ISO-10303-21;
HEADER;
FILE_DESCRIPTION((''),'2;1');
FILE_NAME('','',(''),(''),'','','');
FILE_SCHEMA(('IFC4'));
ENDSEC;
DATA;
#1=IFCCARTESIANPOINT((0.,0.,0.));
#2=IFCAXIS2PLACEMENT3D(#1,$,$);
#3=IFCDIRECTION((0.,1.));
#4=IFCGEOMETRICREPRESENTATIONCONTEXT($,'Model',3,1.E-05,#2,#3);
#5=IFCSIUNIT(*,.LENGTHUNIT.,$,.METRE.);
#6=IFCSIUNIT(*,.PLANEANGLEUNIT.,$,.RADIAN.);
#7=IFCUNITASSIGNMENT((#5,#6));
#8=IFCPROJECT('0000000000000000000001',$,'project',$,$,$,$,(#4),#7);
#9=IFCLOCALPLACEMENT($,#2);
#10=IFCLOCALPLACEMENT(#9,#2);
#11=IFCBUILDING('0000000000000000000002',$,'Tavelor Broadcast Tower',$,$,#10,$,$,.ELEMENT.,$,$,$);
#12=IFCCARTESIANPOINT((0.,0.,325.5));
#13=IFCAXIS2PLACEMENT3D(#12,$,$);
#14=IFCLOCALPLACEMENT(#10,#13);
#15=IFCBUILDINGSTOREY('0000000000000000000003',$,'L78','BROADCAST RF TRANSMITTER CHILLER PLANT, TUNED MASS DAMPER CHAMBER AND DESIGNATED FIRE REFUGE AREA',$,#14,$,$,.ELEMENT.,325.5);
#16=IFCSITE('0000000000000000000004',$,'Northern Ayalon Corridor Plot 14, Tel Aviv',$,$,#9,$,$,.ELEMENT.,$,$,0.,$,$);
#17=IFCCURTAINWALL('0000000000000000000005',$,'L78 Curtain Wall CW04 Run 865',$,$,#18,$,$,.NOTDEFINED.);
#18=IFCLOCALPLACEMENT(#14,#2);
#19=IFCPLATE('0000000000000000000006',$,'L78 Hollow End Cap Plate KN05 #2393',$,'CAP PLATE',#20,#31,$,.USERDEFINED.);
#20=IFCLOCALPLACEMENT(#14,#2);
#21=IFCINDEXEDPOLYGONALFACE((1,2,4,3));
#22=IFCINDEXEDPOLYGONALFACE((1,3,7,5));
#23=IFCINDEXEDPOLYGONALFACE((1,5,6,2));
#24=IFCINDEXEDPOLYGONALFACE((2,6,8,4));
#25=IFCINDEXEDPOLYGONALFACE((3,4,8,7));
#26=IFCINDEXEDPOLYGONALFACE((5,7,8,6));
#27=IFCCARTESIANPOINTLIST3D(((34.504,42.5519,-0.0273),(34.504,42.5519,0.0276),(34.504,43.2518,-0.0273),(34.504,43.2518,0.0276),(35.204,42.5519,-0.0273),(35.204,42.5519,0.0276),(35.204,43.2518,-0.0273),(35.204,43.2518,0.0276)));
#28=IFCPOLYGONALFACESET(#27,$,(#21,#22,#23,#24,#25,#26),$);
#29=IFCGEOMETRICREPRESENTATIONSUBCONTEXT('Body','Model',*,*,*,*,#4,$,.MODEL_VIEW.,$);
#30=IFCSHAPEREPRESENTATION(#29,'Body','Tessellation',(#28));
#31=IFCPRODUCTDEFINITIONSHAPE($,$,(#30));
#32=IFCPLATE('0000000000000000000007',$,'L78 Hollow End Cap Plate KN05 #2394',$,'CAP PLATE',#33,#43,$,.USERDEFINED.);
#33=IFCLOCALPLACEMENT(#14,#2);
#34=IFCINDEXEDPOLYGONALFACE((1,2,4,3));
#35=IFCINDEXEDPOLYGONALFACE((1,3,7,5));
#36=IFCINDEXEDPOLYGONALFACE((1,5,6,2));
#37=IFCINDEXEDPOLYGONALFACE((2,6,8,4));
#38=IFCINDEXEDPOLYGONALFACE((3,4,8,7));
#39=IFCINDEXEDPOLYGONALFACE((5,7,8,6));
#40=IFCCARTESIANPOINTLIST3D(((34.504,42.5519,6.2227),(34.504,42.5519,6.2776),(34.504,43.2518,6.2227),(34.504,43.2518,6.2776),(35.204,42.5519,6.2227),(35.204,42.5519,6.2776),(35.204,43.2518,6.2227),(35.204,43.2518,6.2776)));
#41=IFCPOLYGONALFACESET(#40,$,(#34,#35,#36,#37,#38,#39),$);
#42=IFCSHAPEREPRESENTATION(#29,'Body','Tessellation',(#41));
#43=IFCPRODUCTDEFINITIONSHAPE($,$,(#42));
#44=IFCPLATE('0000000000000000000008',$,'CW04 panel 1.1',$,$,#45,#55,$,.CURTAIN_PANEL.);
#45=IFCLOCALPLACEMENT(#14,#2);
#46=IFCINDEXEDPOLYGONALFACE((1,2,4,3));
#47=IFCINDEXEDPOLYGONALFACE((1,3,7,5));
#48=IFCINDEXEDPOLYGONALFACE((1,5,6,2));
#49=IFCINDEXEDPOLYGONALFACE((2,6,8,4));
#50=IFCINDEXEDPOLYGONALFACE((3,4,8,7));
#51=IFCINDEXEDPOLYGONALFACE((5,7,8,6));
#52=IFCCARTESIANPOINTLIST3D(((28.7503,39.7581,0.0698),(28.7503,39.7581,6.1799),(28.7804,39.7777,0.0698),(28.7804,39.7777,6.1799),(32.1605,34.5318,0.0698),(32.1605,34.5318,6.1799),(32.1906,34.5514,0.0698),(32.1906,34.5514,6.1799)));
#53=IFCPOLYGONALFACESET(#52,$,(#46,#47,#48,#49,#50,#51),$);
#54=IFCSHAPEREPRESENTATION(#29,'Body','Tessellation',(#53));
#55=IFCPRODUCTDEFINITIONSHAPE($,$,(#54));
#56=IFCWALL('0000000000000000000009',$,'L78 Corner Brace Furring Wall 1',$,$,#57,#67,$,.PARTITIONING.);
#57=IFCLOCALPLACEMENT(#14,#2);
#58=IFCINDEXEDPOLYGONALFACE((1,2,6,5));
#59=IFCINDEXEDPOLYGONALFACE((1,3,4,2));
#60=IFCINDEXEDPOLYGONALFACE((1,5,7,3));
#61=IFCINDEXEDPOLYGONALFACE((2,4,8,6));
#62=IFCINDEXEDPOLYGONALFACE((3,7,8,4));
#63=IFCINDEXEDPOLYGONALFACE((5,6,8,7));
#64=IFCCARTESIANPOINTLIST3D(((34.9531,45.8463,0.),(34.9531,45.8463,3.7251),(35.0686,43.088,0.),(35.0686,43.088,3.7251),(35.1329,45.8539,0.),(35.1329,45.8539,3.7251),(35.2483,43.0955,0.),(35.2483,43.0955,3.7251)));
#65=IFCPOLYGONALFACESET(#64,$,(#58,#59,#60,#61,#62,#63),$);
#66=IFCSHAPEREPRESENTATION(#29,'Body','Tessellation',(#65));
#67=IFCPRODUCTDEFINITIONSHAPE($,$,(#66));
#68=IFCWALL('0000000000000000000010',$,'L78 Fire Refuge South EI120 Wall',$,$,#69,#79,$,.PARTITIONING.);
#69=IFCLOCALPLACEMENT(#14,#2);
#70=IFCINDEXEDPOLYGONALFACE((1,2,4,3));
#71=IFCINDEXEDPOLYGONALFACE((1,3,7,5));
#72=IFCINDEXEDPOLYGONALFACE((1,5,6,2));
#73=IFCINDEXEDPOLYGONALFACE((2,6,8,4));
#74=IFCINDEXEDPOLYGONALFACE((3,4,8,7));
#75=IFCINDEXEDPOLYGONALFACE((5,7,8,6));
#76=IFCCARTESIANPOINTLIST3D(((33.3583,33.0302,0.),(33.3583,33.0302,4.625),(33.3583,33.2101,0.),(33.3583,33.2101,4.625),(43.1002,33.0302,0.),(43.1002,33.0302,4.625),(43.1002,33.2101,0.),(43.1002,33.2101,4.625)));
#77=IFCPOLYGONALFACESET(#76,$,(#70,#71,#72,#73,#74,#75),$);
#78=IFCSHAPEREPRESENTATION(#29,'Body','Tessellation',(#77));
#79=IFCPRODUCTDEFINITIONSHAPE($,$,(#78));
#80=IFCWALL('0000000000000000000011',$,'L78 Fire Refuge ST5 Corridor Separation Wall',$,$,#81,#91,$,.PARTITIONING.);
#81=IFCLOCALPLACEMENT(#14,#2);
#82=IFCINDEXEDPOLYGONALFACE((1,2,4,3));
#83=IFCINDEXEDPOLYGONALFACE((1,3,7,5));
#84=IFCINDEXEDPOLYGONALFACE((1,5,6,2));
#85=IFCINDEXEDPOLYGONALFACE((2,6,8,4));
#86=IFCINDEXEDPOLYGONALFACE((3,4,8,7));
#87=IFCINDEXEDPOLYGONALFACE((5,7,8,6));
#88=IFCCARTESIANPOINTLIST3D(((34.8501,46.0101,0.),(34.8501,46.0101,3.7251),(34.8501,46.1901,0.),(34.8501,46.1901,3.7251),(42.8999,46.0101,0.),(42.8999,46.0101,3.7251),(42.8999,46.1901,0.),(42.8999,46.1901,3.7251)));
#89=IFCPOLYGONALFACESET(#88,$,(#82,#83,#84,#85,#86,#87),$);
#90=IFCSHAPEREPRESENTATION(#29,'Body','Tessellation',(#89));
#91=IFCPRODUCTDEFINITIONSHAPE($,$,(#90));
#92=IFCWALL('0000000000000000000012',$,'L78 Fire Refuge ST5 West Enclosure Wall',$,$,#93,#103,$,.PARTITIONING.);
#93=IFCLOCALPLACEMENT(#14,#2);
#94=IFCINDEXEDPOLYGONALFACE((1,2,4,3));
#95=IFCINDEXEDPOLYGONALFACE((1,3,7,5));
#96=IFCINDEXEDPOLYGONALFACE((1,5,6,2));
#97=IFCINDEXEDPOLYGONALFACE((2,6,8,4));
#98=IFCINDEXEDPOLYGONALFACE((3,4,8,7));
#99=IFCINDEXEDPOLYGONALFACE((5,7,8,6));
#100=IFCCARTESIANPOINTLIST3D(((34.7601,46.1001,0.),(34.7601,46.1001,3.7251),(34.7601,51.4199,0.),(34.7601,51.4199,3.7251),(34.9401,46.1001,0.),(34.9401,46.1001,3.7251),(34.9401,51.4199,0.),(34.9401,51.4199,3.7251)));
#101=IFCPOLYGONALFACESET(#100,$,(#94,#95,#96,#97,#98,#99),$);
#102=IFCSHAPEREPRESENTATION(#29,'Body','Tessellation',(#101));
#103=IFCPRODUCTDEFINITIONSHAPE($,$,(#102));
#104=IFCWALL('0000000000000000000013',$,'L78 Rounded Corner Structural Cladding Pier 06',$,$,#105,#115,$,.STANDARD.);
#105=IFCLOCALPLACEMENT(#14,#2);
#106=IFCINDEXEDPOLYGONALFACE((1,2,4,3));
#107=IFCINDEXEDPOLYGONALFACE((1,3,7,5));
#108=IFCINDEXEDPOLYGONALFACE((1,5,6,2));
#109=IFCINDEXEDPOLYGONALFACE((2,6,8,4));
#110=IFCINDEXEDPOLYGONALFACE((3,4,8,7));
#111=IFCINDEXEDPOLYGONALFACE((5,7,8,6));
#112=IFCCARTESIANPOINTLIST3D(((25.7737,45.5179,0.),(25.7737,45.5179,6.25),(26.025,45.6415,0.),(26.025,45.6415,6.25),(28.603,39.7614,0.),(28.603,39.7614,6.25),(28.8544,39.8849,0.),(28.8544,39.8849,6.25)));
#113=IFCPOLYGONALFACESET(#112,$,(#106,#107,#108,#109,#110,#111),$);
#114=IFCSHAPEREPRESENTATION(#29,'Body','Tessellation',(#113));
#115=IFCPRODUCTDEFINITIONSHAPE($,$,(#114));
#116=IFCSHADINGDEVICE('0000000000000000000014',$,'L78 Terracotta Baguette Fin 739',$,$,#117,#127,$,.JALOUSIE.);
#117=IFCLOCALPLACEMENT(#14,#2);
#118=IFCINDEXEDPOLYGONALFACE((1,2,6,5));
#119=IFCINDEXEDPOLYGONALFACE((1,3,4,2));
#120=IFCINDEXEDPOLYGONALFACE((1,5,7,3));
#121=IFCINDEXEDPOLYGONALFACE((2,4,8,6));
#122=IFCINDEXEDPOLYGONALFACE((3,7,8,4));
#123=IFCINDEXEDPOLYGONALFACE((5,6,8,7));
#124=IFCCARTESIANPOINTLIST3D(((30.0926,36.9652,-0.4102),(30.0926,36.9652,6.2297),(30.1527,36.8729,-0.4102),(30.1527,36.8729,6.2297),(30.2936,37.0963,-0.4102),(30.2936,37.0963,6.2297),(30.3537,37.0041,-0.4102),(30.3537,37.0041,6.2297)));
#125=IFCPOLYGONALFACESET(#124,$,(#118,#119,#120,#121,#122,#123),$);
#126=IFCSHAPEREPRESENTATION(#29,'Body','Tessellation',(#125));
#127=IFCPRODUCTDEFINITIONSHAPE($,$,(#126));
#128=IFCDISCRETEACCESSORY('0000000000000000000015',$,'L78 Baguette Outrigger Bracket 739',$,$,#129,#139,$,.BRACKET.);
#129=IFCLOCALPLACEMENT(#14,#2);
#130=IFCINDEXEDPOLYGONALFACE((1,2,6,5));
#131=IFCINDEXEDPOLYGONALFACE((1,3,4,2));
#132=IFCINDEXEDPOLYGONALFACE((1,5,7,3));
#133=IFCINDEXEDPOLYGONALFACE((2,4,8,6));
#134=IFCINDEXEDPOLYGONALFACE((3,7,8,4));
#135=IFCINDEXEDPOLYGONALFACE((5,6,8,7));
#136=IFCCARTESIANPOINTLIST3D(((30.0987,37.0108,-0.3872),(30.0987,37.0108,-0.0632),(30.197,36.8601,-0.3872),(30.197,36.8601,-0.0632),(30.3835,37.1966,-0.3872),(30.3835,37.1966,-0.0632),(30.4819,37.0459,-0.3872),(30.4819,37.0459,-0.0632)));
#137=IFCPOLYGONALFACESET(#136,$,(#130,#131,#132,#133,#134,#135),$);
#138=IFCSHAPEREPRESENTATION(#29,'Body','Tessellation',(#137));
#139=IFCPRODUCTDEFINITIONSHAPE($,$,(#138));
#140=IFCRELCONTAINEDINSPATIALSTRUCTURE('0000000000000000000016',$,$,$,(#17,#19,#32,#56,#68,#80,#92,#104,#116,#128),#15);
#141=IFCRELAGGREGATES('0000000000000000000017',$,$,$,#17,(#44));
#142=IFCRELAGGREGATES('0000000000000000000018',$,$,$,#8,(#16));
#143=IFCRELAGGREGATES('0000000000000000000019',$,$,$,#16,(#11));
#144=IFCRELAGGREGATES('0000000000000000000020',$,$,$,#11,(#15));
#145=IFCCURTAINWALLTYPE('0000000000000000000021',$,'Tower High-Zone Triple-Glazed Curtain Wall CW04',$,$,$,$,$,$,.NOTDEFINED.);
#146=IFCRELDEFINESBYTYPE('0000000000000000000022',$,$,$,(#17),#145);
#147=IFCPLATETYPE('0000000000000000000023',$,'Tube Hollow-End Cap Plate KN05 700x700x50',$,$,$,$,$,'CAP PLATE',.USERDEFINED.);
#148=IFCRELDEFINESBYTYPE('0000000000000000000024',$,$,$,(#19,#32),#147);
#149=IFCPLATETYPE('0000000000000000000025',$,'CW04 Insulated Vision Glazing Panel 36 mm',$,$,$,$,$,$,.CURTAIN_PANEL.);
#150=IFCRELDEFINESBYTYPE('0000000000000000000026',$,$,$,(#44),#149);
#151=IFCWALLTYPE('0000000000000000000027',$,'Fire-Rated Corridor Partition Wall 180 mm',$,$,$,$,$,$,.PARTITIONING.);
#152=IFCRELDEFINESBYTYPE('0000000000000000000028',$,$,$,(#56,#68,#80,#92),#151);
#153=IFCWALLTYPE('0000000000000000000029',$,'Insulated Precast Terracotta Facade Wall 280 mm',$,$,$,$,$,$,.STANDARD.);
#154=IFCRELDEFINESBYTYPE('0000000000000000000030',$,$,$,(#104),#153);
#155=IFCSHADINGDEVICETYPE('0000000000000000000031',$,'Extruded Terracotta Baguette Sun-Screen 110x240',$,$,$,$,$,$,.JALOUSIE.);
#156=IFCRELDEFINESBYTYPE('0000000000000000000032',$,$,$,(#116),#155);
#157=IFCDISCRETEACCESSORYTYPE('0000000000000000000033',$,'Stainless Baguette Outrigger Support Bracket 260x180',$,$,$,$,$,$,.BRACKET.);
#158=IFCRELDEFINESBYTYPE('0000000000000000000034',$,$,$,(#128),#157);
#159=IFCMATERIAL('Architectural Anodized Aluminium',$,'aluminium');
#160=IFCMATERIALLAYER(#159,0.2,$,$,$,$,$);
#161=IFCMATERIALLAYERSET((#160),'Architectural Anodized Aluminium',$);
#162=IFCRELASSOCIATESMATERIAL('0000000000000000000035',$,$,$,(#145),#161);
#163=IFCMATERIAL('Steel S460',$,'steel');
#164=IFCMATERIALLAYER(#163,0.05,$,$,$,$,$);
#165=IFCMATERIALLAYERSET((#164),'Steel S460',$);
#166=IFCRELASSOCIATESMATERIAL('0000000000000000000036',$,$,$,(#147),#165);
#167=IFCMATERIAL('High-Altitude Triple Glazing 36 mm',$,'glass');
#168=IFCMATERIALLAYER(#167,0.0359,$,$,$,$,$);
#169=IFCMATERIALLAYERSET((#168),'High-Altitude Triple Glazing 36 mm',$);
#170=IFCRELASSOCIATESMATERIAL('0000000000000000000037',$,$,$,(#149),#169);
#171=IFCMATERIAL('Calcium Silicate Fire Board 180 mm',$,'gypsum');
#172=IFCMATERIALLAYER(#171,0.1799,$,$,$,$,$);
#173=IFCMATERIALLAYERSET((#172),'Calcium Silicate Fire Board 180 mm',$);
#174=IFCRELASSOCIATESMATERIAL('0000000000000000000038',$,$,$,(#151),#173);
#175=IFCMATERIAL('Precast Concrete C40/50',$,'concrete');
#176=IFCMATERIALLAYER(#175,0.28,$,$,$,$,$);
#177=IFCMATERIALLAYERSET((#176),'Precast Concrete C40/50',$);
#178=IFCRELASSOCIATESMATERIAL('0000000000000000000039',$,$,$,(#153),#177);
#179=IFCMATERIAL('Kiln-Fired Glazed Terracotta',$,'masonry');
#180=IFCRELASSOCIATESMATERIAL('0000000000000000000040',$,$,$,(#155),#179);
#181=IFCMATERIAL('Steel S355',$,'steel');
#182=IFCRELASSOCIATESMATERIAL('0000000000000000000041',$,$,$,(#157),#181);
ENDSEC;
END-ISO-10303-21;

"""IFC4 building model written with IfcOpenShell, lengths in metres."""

from ifc_helpers import new_model, si_unit, direction, frame, frame_2d, origin, origin_2d, place, context, subcontext, project, spatial, rectangle, extrude, source, transform, mapped, material, layer, layer_set, type_object, type_shapes, element, aggregate, save


model = new_model("IFC4")

# Units and contexts
model_context = context("Model", 3, precision=1e-05, world=origin(), true_north=direction((0.0, 1.0)))
body_context = subcontext(model_context, "Body", "Model", "MODEL_VIEW")
ifc_project = project(units=[si_unit("LENGTHUNIT", "METRE"), si_unit("PLANEANGLEUNIT", "RADIAN")], contexts=[model_context])

# Site, building, storey
site_placement = place(None, origin())
site = spatial("IfcSite", under=ifc_project, at=site_placement, Name="Northern Ayalon Corridor Plot 14, Tel Aviv", CompositionType="ELEMENT", RefElevation=0.0)
building_placement = place(site_placement, origin())
building = spatial("IfcBuilding", under=site, at=building_placement, Name="Tavelor Broadcast Tower", CompositionType="ELEMENT")
storey_placement = place(building_placement, frame((0.0, 0.0, 325.5)))
storey = spatial("IfcBuildingStorey", under=building, at=storey_placement, Name="L78", Description="BROADCAST RF TRANSMITTER CHILLER PLANT, TUNED MASS DAMPER CHAMBER AND DESIGNATED FIRE REFUGE AREA", CompositionType="ELEMENT", Elevation=325.5)

# Shared definitions
ifc_material_1 = material(Name="Steel S460", Category="steel")

# Curtain wall
ifc_material_2 = material(Name="Architectural Anodized Aluminium", Category="aluminium")
ifc_layer_1 = layer(ifc_material_2, 0.2)
ifc_layer_set_1 = layer_set([ifc_layer_1], Name="Architectural Anodized Aluminium")
curtain_wall_type = type_object("IfcCurtainWallType", Name="Tower High-Zone Triple-Glazed Curtain Wall CW04", PredefinedType="NOTDEFINED", material=ifc_layer_set_1)
curtain_wall_1_placement = place(storey_placement, origin())
curtain_wall_1 = element("IfcCurtainWall", 1, at=curtain_wall_1_placement, inside=storey, type_object=curtain_wall_type, Name="L78 Curtain Wall CW04 Run 865", PredefinedType="NOTDEFINED")

# Plates
ifc_layer_2 = layer(ifc_material_1, 0.05)
ifc_layer_set_2 = layer_set([ifc_layer_2], Name="Steel S460")
plate_type_1 = type_object("IfcPlateType", Name="Tube Hollow-End Cap Plate KN05 700x700x50", ElementType="CAP PLATE", PredefinedType="USERDEFINED", material=ifc_layer_set_2)
shared_shape_1 = source(origin(), body_context, "Body", "SweptSolid", [
    extrude(rectangle(XDim=0.7, YDim=0.7, at=origin_2d()), origin(), (0.0, 0.0, 1.0), 0.0549),
])
type_shapes(plate_type_1, [shared_shape_1])
for number, where, z_axis, x_axis, name in (
    (2, (34.854, 42.9019, -0.0273), (0.0, 0.0, 1.0), (1.0, 0.0, 0.0), "L78 Hollow End Cap Plate KN05 #2393"),
    (3, (34.854, 42.9019, 6.2227), (0.0, 0.0, 1.0), (1.0, 0.0, 0.0), "L78 Hollow End Cap Plate KN05 #2394"),
):
    element("IfcPlate", number, at=place(storey_placement, frame(where, z_axis=z_axis, x_axis=x_axis)), inside=storey, type_object=plate_type_1, Name=name, ObjectType="CAP PLATE", PredefinedType="USERDEFINED", context=body_context, shape_type="MappedRepresentation", body=[
        mapped(shared_shape_1, transform((0.0, 0.0, 0.0), scale=1.0)),
    ])

# Plate
ifc_material_3 = material(Name="High-Altitude Triple Glazing 36 mm", Category="glass")
ifc_layer_3 = layer(ifc_material_3, 0.0359)
ifc_layer_set_3 = layer_set([ifc_layer_3], Name="High-Altitude Triple Glazing 36 mm")
plate_type_2 = type_object("IfcPlateType", Name="CW04 Insulated Vision Glazing Panel 36 mm", PredefinedType="CURTAIN_PANEL", material=ifc_layer_set_3)
shared_shape_2 = source(origin(), body_context, "Body", "SweptSolid", [
    extrude(rectangle(XDim=6.2405, YDim=0.0359, at=origin_2d()), origin(), (0.0, 0.0, 1.0), 6.1101),
])
type_shapes(plate_type_2, [shared_shape_2])
plate_placement = place(storey_placement, frame((30.4705, 37.1548, 0.0698), z_axis=(0.0, 0.0, 1.0), x_axis=(0.546459, -0.837486, 0.0)))
plate = element("IfcPlate", 4, at=plate_placement, type_object=plate_type_2, Name="CW04 panel 1.1", PredefinedType="CURTAIN_PANEL", context=body_context, shape_type="MappedRepresentation", body=[
    mapped(shared_shape_2, transform((0.0, 0.0, 0.0), scale=1.0)),
])
aggregate(curtain_wall_1, [plate])

# Walls
ifc_material_4 = material(Name="Calcium Silicate Fire Board 180 mm", Category="gypsum")
ifc_layer_4 = layer(ifc_material_4, 0.1799)
ifc_layer_set_4 = layer_set([ifc_layer_4], Name="Calcium Silicate Fire Board 180 mm")
wall_type_1 = type_object("IfcWallType", Name="Fire-Rated Corridor Partition Wall 180 mm", PredefinedType="PARTITIONING", material=ifc_layer_set_4)
wall_1_placement = place(storey_placement, frame((35.043, 45.8501, 0.0), z_axis=(0.0, 0.0, 1.0), x_axis=(0.041829, -0.999125, 0.0)))
element("IfcWall", 5, at=wall_1_placement, inside=storey, type_object=wall_type_1, Name="L78 Corner Brace Furring Wall 1", PredefinedType="PARTITIONING", context=body_context, shape_type="SweptSolid", body=[
    extrude(rectangle(XDim=2.7607, YDim=0.1799, at=frame_2d((1.3804, 0.0))), origin(), (0.0, 0.0, 1.0), 3.7251),
])
wall_2_placement = place(storey_placement, frame((33.3582, 33.1201, 0.0), z_axis=(0.0, 0.0, 1.0), x_axis=(1.0, 0.0, 0.0)))
element("IfcWall", 6, at=wall_2_placement, inside=storey, type_object=wall_type_1, Name="L78 Fire Refuge South EI120 Wall", PredefinedType="PARTITIONING", context=body_context, shape_type="SweptSolid", body=[
    extrude(rectangle(XDim=9.7419, YDim=0.1799, at=frame_2d((4.8711, 0.0))), origin(), (0.0, 0.0, 1.0), 4.625),
])
wall_3_placement = place(storey_placement, frame((34.8501, 46.1001, 0.0), z_axis=(0.0, 0.0, 1.0), x_axis=(1.0, 0.0, 0.0)))
element("IfcWall", 7, at=wall_3_placement, inside=storey, type_object=wall_type_1, Name="L78 Fire Refuge ST5 Corridor Separation Wall", PredefinedType="PARTITIONING", context=body_context, shape_type="SweptSolid", body=[
    extrude(rectangle(XDim=8.0498, YDim=0.1799, at=frame_2d((4.0249, 0.0))), origin(), (0.0, 0.0, 1.0), 3.7251),
])
wall_4_placement = place(storey_placement, frame((34.8501, 46.1001, 0.0), z_axis=(0.0, 0.0, 1.0), x_axis=(0.0, 1.0, 0.0)))
element("IfcWall", 8, at=wall_4_placement, inside=storey, type_object=wall_type_1, Name="L78 Fire Refuge ST5 West Enclosure Wall", PredefinedType="PARTITIONING", context=body_context, shape_type="SweptSolid", body=[
    extrude(rectangle(XDim=5.3198, YDim=0.1799, at=frame_2d((2.6599, 0.0))), origin(), (0.0, 0.0, 1.0), 3.7251),
])
ifc_material_5 = material(Name="Precast Concrete C40/50", Category="concrete")
ifc_layer_5 = layer(ifc_material_5, 0.28)
ifc_layer_set_5 = layer_set([ifc_layer_5], Name="Precast Concrete C40/50")
wall_type_2 = type_object("IfcWallType", Name="Insulated Precast Terracotta Facade Wall 280 mm", PredefinedType="STANDARD", material=ifc_layer_set_5)
wall_5_placement = place(storey_placement, frame((25.8994, 45.5796, 0.0), z_axis=(0.0, 0.0, 1.0), x_axis=(0.441098, -0.897459, 0.0)))
element("IfcWall", 9, at=wall_5_placement, inside=storey, type_object=wall_type_2, Name="L78 Rounded Corner Structural Cladding Pier 06", PredefinedType="STANDARD", context=body_context, shape_type="SweptSolid", body=[
    extrude(rectangle(XDim=6.4143, YDim=0.28, at=frame_2d((3.207, 0.0))), origin(), (0.0, 0.0, 1.0), 6.25),
])

# Shading device
ifc_material_6 = material(Name="Kiln-Fired Glazed Terracotta", Category="masonry")
shading_device_type = type_object("IfcShadingDeviceType", Name="Extruded Terracotta Baguette Sun-Screen 110x240", PredefinedType="JALOUSIE", material=ifc_material_6)
shared_shape_3 = source(origin(), body_context, "Body", "SweptSolid", [
    extrude(rectangle(XDim=0.1101, YDim=0.24, at=origin_2d()), origin(), (0.0, 0.0, 1.0), 6.6399),
])
type_shapes(shading_device_type, [shared_shape_3])
shading_device_placement = place(storey_placement, frame((30.2231, 36.9846, -0.4102), z_axis=(0.0, 0.0, 1.0), x_axis=(0.546394, -0.837528, 0.0)))
element("IfcShadingDevice", 10, at=shading_device_placement, inside=storey, type_object=shading_device_type, Name="L78 Terracotta Baguette Fin 739", PredefinedType="JALOUSIE", context=body_context, shape_type="MappedRepresentation", body=[
    mapped(shared_shape_3, transform((0.0, 0.0, 0.0), scale=1.0)),
])

# Discrete accessory
ifc_material_7 = material(Name="Steel S355", Category="steel")
discrete_accessory_type = type_object("IfcDiscreteAccessoryType", Name="Stainless Baguette Outrigger Support Bracket 260x180", PredefinedType="BRACKET", material=ifc_material_7)
shared_shape_4 = source(origin(), body_context, "Body", "SweptSolid", [
    extrude(rectangle(XDim=0.1799, YDim=0.3401, at=origin_2d()), origin(), (0.0, 0.0, 1.0), 0.324),
])
type_shapes(discrete_accessory_type, [shared_shape_4])
discrete_accessory_placement = place(storey_placement, frame((30.2903, 37.0283, -0.3872), z_axis=(0.0, 0.0, 1.0), x_axis=(0.546394, -0.837528, 0.0)))
element("IfcDiscreteAccessory", 11, at=discrete_accessory_placement, inside=storey, type_object=discrete_accessory_type, Name="L78 Baguette Outrigger Bracket 739", PredefinedType="BRACKET", context=body_context, shape_type="MappedRepresentation", body=[
    mapped(shared_shape_4, transform((0.0, 0.0, 0.0), scale=1.0)),
])

save(model, "model.ifc")
